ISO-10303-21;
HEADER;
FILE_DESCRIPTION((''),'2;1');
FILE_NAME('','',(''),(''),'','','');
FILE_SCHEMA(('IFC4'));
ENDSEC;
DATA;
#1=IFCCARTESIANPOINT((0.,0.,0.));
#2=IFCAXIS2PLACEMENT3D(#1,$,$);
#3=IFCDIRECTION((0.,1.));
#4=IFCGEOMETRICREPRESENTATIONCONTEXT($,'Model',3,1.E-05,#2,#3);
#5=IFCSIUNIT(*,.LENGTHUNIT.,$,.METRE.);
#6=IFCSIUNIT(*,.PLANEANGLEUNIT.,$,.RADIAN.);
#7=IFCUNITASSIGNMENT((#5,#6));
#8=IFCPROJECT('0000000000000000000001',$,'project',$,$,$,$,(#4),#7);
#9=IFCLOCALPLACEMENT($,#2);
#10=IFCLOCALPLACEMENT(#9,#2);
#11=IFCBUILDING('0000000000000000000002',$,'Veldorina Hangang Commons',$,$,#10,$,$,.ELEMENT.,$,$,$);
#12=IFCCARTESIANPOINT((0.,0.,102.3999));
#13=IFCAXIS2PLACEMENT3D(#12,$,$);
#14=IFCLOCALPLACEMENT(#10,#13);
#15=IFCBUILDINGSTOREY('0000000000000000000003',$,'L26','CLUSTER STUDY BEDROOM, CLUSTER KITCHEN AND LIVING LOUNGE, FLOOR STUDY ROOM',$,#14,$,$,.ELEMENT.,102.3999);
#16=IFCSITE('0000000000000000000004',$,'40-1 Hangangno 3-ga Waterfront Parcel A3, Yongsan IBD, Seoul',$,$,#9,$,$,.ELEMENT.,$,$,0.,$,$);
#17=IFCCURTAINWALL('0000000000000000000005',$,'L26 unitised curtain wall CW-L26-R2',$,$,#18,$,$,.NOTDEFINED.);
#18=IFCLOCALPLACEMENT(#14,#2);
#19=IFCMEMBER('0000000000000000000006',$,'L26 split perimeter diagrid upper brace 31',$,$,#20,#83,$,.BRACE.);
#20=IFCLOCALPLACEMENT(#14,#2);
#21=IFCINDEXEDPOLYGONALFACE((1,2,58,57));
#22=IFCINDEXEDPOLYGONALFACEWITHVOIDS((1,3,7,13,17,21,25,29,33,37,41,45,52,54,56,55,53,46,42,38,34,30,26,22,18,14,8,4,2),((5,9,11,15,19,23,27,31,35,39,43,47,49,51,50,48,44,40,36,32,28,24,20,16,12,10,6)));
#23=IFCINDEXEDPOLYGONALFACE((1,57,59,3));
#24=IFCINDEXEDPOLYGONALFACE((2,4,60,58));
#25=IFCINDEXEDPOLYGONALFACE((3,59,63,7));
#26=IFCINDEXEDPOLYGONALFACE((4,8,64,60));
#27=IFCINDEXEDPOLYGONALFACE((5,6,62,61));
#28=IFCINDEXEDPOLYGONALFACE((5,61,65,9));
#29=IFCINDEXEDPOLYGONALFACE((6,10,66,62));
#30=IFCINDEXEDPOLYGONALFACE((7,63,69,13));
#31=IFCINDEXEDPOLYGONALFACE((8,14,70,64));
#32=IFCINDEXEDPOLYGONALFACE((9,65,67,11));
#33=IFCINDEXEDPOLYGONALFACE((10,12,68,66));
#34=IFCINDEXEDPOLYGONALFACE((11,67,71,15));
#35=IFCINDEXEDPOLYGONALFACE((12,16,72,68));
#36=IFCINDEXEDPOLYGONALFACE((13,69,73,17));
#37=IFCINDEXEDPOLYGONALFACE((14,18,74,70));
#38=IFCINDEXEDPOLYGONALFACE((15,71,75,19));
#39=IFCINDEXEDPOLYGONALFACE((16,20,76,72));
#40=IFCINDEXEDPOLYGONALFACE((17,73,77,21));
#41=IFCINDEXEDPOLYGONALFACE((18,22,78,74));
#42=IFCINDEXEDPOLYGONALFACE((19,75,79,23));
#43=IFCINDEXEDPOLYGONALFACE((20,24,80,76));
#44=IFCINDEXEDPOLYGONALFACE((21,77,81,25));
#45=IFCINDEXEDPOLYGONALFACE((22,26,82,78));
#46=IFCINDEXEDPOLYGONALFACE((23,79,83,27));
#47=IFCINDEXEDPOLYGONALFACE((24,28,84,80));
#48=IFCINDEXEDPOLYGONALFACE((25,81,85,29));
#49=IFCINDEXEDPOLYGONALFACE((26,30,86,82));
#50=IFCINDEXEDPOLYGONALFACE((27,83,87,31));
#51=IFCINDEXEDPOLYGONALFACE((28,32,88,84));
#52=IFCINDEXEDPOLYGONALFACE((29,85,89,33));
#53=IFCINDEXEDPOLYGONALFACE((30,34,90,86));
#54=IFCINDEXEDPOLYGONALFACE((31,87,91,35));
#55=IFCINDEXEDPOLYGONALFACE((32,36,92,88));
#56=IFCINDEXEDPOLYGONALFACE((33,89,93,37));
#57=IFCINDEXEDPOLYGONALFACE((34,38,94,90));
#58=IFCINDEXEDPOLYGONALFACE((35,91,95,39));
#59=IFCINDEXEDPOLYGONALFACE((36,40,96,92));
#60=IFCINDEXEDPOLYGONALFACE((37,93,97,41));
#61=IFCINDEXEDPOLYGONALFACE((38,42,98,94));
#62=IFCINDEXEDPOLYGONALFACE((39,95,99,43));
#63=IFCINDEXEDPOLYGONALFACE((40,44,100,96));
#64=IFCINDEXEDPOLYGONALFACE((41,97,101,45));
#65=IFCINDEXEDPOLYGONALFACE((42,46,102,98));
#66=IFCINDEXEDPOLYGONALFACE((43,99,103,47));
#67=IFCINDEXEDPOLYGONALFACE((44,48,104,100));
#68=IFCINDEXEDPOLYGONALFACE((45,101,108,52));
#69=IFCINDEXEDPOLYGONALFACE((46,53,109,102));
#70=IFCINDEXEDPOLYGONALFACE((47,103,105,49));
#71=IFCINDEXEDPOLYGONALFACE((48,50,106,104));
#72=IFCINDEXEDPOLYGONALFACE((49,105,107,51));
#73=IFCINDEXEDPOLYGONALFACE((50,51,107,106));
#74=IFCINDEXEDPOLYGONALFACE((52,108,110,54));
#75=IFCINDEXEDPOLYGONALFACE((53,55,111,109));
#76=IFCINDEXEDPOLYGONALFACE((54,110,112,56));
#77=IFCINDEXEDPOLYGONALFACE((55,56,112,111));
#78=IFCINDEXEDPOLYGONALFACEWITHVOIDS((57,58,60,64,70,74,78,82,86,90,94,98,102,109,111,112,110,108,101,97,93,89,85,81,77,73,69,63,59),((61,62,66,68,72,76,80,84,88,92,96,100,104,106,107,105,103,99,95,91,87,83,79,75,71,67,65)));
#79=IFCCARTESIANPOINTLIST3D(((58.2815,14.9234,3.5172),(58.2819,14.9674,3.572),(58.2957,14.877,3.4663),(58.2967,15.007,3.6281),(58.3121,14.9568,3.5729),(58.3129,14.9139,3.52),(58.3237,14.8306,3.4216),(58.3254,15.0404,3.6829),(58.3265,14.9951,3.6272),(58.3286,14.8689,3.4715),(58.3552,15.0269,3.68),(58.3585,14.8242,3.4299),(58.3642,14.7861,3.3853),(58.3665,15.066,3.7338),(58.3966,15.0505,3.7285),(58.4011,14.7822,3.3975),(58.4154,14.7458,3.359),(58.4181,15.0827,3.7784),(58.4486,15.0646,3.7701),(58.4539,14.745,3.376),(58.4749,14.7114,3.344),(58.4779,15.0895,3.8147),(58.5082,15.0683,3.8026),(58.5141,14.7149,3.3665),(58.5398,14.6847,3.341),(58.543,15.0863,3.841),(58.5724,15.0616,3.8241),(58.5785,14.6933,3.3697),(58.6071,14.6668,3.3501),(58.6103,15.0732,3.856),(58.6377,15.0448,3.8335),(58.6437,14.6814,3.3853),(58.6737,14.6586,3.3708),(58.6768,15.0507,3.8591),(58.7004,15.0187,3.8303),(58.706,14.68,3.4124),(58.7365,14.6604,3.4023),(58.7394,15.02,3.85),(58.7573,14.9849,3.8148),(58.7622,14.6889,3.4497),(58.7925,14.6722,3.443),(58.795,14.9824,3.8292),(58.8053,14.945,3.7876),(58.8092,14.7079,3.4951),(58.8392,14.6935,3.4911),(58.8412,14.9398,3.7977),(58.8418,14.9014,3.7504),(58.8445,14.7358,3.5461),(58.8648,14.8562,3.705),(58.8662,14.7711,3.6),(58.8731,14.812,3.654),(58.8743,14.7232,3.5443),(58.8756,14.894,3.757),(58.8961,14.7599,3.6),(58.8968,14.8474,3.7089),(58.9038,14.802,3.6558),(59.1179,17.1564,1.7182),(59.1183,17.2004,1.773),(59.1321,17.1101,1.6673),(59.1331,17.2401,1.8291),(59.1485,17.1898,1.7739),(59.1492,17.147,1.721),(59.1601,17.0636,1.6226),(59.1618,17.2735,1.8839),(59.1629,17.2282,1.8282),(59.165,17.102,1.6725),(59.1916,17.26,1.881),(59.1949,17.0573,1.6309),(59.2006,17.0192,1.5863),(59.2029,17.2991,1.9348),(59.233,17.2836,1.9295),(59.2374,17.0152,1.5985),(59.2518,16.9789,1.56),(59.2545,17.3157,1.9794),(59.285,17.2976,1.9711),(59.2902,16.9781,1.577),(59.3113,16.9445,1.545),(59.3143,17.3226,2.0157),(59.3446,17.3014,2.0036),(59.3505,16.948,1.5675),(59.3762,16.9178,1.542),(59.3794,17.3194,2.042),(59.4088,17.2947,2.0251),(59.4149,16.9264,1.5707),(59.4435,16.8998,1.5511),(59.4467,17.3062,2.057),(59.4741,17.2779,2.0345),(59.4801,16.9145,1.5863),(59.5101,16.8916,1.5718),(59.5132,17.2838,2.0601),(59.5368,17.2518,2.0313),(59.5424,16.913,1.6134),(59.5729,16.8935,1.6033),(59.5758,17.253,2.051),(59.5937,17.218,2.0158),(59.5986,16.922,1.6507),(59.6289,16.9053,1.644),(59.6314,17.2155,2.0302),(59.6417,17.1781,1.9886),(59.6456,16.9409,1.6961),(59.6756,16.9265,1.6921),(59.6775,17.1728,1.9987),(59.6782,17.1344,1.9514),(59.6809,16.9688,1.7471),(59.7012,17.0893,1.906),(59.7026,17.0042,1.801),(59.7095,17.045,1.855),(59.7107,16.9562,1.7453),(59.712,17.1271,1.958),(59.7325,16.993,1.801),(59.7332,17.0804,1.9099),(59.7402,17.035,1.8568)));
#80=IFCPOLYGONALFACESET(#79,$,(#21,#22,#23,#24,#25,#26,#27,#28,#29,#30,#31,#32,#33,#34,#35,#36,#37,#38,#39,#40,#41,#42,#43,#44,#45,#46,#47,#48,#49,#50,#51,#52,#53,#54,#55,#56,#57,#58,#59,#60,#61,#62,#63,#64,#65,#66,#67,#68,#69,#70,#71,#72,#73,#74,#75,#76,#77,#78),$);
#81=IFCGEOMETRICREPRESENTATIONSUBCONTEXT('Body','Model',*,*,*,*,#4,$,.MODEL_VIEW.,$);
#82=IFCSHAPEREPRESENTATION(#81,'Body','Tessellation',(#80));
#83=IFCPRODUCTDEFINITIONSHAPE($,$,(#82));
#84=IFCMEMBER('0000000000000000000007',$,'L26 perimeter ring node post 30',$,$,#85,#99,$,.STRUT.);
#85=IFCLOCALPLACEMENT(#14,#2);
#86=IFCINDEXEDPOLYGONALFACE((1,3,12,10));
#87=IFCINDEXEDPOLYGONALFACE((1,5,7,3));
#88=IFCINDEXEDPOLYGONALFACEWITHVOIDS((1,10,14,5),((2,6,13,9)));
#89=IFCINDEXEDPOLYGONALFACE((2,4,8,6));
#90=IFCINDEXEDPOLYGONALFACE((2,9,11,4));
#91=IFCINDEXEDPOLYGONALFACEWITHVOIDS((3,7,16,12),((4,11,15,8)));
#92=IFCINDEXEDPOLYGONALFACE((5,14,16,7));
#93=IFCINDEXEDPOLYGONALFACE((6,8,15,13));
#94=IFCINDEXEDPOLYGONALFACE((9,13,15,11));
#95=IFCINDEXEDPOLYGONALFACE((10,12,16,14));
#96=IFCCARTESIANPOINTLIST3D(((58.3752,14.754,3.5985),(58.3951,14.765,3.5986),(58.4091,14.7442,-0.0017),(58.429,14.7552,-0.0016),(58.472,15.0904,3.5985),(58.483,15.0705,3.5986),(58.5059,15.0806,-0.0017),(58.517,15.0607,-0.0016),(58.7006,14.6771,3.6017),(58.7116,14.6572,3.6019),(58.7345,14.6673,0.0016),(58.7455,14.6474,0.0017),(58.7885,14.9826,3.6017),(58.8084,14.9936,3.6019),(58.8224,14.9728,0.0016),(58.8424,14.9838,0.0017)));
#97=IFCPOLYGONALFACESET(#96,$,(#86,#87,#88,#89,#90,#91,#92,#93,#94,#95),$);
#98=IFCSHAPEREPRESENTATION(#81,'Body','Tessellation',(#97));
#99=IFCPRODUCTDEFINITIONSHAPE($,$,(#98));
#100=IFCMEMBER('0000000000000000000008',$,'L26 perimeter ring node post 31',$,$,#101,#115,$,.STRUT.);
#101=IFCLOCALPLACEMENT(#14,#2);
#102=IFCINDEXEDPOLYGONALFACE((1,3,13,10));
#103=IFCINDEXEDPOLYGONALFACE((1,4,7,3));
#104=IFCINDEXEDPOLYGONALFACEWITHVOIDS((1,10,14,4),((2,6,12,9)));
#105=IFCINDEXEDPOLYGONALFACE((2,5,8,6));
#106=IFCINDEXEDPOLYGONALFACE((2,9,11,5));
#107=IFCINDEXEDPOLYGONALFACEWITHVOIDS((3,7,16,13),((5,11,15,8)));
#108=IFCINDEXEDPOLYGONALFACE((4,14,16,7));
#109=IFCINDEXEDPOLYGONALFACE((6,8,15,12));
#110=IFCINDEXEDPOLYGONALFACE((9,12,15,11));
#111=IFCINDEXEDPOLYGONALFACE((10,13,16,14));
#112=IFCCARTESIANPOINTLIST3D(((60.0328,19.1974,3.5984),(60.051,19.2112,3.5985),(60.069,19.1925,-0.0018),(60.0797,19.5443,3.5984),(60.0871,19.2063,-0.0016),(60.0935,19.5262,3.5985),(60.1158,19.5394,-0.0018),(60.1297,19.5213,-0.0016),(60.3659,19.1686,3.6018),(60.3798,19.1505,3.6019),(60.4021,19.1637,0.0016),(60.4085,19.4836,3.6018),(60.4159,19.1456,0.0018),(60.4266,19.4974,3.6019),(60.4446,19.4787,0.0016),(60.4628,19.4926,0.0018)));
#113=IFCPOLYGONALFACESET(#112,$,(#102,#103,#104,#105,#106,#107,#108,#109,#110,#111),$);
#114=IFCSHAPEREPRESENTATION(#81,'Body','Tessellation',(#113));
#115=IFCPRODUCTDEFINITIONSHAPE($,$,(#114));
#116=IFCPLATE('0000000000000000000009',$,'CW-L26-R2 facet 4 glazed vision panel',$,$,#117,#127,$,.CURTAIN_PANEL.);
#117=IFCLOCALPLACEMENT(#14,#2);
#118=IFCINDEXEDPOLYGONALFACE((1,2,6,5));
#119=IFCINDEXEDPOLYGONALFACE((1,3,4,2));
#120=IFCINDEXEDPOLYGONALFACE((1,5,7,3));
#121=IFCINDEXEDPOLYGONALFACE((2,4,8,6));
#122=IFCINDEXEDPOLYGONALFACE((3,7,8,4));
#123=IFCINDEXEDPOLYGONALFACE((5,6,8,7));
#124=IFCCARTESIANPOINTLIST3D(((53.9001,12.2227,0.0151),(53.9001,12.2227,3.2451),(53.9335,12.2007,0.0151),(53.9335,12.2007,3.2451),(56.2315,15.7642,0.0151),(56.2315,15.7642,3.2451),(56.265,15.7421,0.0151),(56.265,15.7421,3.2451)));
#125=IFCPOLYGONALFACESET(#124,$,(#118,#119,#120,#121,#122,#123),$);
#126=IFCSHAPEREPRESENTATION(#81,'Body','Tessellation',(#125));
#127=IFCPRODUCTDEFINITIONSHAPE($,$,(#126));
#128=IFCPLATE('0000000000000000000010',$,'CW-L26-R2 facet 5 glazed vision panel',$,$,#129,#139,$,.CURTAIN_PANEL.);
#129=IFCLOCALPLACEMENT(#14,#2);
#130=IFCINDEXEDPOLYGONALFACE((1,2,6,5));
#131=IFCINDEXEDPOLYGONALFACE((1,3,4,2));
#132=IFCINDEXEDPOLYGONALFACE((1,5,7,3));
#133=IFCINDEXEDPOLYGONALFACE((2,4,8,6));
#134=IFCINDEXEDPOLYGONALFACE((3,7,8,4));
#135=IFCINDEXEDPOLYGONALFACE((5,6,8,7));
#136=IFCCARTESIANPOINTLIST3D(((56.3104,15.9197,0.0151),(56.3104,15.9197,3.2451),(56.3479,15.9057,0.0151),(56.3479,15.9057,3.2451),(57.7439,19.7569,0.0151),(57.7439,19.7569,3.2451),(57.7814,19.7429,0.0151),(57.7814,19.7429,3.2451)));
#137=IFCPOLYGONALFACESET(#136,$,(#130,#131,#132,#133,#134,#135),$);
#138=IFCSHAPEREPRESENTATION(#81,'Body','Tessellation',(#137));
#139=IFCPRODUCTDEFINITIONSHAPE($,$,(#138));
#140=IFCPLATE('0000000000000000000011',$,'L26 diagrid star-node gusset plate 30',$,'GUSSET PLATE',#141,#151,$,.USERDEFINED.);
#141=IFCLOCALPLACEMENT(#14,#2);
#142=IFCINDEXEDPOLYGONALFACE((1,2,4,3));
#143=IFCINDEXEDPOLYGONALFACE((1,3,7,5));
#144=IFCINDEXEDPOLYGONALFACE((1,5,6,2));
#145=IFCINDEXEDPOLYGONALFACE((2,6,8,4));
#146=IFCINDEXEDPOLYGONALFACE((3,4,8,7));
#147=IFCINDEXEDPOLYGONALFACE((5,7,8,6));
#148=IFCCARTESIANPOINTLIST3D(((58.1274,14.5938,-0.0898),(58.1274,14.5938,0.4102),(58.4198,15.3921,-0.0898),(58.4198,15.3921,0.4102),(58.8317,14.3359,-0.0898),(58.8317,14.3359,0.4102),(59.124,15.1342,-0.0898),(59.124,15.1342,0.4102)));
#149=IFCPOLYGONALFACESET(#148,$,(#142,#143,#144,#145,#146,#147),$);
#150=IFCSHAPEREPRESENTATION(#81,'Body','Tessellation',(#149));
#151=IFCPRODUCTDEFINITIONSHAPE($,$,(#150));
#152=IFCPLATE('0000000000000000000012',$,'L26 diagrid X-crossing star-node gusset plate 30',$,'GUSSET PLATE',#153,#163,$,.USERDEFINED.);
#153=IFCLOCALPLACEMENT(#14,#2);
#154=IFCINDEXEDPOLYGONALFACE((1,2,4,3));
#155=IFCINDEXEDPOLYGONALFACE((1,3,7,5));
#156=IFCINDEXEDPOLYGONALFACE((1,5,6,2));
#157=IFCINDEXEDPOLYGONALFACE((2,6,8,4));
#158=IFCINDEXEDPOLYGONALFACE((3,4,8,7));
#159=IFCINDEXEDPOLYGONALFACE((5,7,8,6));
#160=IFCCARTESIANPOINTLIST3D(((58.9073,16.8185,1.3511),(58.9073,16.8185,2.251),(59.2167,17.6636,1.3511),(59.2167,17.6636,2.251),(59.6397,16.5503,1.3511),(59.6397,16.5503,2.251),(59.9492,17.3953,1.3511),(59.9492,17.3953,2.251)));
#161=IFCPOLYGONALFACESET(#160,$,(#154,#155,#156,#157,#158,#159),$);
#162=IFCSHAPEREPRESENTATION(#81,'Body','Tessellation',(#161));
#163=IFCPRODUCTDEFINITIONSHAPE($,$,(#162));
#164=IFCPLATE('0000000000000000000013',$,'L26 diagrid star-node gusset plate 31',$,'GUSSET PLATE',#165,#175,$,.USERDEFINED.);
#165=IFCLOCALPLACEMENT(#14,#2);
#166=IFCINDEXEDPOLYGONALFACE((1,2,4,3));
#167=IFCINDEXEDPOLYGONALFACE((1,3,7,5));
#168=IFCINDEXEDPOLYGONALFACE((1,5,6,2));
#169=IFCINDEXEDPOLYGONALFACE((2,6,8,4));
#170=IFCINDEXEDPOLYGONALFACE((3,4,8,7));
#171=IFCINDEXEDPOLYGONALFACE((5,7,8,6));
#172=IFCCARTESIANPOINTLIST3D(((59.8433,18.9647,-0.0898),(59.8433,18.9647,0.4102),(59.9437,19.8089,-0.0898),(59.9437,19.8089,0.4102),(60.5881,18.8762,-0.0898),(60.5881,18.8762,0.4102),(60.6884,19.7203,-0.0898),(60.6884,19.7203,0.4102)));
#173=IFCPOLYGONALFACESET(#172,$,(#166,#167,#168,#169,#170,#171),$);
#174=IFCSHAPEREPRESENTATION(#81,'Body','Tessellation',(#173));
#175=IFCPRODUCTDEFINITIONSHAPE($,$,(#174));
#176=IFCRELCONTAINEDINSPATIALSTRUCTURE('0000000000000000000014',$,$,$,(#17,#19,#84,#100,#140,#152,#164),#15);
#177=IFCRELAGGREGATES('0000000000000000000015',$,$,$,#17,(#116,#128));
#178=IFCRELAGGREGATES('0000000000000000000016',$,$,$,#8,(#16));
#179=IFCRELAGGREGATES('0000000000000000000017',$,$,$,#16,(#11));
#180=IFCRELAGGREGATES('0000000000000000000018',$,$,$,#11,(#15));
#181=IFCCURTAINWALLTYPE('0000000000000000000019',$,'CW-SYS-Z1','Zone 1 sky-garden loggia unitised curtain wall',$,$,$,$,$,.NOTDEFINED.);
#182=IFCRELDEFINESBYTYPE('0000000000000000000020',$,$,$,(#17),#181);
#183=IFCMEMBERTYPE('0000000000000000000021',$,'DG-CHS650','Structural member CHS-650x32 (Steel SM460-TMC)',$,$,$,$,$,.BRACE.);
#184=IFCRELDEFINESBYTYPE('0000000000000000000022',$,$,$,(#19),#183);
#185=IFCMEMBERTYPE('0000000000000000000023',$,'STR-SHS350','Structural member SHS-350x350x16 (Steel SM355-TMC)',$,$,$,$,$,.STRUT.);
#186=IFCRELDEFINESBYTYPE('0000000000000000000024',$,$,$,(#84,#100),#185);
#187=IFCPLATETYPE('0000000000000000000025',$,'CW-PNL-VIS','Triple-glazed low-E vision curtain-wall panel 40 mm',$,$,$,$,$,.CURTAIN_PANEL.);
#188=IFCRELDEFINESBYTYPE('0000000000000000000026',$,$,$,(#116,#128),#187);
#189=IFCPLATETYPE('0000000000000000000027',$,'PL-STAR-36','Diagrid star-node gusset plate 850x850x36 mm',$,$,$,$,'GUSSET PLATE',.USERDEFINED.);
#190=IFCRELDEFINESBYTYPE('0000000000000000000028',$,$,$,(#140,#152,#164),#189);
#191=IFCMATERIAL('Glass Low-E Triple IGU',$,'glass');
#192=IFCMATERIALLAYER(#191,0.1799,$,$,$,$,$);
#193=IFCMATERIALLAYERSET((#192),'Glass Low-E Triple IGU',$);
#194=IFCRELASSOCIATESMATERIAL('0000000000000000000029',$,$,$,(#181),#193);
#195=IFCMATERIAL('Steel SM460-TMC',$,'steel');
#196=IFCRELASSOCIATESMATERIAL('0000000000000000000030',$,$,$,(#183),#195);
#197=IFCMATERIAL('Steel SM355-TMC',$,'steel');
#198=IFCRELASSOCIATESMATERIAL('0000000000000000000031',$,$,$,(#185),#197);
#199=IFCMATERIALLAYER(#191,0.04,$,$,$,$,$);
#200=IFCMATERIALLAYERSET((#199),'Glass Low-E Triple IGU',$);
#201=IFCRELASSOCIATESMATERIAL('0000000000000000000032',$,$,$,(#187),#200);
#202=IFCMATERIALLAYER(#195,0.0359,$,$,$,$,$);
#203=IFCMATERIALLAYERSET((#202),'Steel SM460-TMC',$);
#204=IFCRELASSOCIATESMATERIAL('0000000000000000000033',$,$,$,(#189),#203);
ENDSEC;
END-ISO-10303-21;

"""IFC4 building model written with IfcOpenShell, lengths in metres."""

from ifc_helpers import new_model, si_unit, direction, frame, origin, origin_2d, place, context, subcontext, project, spatial, rectangle, hollow_rectangle, hollow_circle, extrude, material, layer, layer_set, material_profile, profile_set, type_object, element, aggregate, save


model = new_model("IFC4")

# Units and contexts
model_context = context("Model", 3, precision=1e-05, world=origin(), true_north=direction((0.0, 1.0)))
body_context = subcontext(model_context, "Body", "Model", "MODEL_VIEW")
ifc_project = project(units=[si_unit("LENGTHUNIT", "METRE"), si_unit("PLANEANGLEUNIT", "RADIAN")], contexts=[model_context])

# Site, building, storey
site_placement = place(None, origin())
site = spatial("IfcSite", under=ifc_project, at=site_placement, Name="40-1 Hangangno 3-ga Waterfront Parcel A3, Yongsan IBD, Seoul", CompositionType="ELEMENT", RefElevation=0.0)
building_placement = place(site_placement, origin())
building = spatial("IfcBuilding", under=site, at=building_placement, Name="Veldorina Hangang Commons", CompositionType="ELEMENT")
storey_placement = place(building_placement, frame((0.0, 0.0, 102.3999)))
storey = spatial("IfcBuildingStorey", under=building, at=storey_placement, Name="L26", Description="CLUSTER STUDY BEDROOM, CLUSTER KITCHEN AND LIVING LOUNGE, FLOOR STUDY ROOM", CompositionType="ELEMENT", Elevation=102.3999)

# Curtain wall
ifc_material_1 = material(Name="Glass Low-E Triple IGU", Category="glass")
ifc_layer_1 = layer(ifc_material_1, 0.1799)
ifc_layer_set_1 = layer_set([ifc_layer_1], Name="Glass Low-E Triple IGU")
curtain_wall_type = type_object("IfcCurtainWallType", Name="CW-SYS-Z1", Description="Zone 1 sky-garden loggia unitised curtain wall", PredefinedType="NOTDEFINED", material=ifc_layer_set_1)
curtain_wall_placement = place(storey_placement, origin())
curtain_wall = element("IfcCurtainWall", 1, at=curtain_wall_placement, inside=storey, type_object=curtain_wall_type, Name="L26 unitised curtain wall CW-L26-R2", PredefinedType="NOTDEFINED")

# Members
ifc_material_2 = material(Name="Steel SM460-TMC", Category="steel")
ifc_material_profile_1 = material_profile(ifc_material_2, hollow_circle(Radius=0.325, WallThickness=0.032, at=origin_2d()), Name="CHS-650x32")
ifc_profile_set_1 = profile_set([ifc_material_profile_1], Name="Steel SM460-TMC")
member_type_1 = type_object("IfcMemberType", Name="DG-CHS650", Description="Structural member CHS-650x32 (Steel SM460-TMC)", PredefinedType="BRACE", material=ifc_profile_set_1)
member_1_placement = place(storey_placement, frame((59.4282, 17.1069, 1.801), z_axis=(-0.280005, -0.747579, 0.602264), x_axis=(0.936468, -0.350753, 0.0)))
element("IfcMember", 2, at=member_1_placement, inside=storey, type_object=member_type_1, Name="L26 split perimeter diagrid upper brace 31", PredefinedType="BRACE", context=body_context, shape_type="SweptSolid", body=[
    extrude(hollow_circle(Radius=0.325, WallThickness=0.032, at=origin_2d()), origin(), (0.0, 0.0, 1.0), 2.9871),
])
ifc_material_3 = material(Name="Steel SM355-TMC", Category="steel")
ifc_material_profile_2 = material_profile(ifc_material_3, hollow_rectangle(XDim=0.3501, YDim=0.3501, WallThickness=0.0161, at=origin_2d()), Name="SHS-350x350x16")
ifc_profile_set_2 = profile_set([ifc_material_profile_2], Name="Steel SM355-TMC")
member_type_2 = type_object("IfcMemberType", Name="STR-SHS350", Description="Structural member SHS-350x350x16 (Steel SM355-TMC)", PredefinedType="STRUT", material=ifc_profile_set_2)
for number, where, z_axis, x_axis, name in (
    (3, (58.6257, 14.864, 0.0), (-0.009426, 0.002712, 0.999952), (-0.276547, -0.961, 0.0), "L26 perimeter ring node post 30"),
    (4, (60.2659, 19.3425, 0.0), (-0.010036, 0.001356, 0.999949), (-0.133918, -0.990992, 0.0), "L26 perimeter ring node post 31"),
):
    element("IfcMember", number, at=place(storey_placement, frame(where, z_axis=z_axis, x_axis=x_axis)), inside=storey, type_object=member_type_2, Name=name, PredefinedType="STRUT", context=body_context, shape_type="SweptSolid", body=[
        extrude(hollow_rectangle(XDim=0.3501, YDim=0.3501, WallThickness=0.0161, at=origin_2d()), origin(), (0.0, 0.0, 1.0), 3.6003),
    ])

# Plates
ifc_layer_2 = layer(ifc_material_1, 0.04)
ifc_layer_set_2 = layer_set([ifc_layer_2], Name="Glass Low-E Triple IGU")
plate_type_1 = type_object("IfcPlateType", Name="CW-PNL-VIS", Description="Triple-glazed low-E vision curtain-wall panel 40 mm", PredefinedType="CURTAIN_PANEL", material=ifc_layer_set_2)
plate_1_placement = place(storey_placement, frame((55.0825, 13.9824, 0.0151), z_axis=(0.0, 0.0, 1.0), x_axis=(0.549869, 0.835251, 0.0)))
plate_1 = element("IfcPlate", 5, at=plate_1_placement, type_object=plate_type_1, Name="CW-L26-R2 facet 4 glazed vision panel", PredefinedType="CURTAIN_PANEL", context=body_context, shape_type="SweptSolid", body=[
    extrude(rectangle(XDim=4.24, YDim=0.04, at=origin_2d()), origin(), (0.0, 0.0, 1.0), 3.23),
])
plate_2_placement = place(storey_placement, frame((57.0459, 17.8313, 0.0151), z_axis=(0.0, 0.0, 1.0), x_axis=(0.349978, 0.936758, 0.0)))
plate_2 = element("IfcPlate", 6, at=plate_2_placement, type_object=plate_type_1, Name="CW-L26-R2 facet 5 glazed vision panel", PredefinedType="CURTAIN_PANEL", context=body_context, shape_type="SweptSolid", body=[
    extrude(rectangle(XDim=4.0962, YDim=0.04, at=origin_2d()), origin(), (0.0, 0.0, 1.0), 3.23),
])
aggregate(curtain_wall, [plate_1, plate_2])

# Plates
ifc_layer_3 = layer(ifc_material_2, 0.0359)
ifc_layer_set_3 = layer_set([ifc_layer_3], Name="Steel SM460-TMC")
plate_type_2 = type_object("IfcPlateType", Name="PL-STAR-36", Description="Diagrid star-node gusset plate 850x850x36 mm", ElementType="GUSSET PLATE", PredefinedType="USERDEFINED", material=ifc_layer_set_3)
plate_3_placement = place(storey_placement, frame((58.6257, 14.864, -0.0898), z_axis=(0.0, 0.0, 1.0), x_axis=(0.343856, 0.939022, 0.0)))
element("IfcPlate", 7, at=plate_3_placement, inside=storey, type_object=plate_type_2, Name="L26 diagrid star-node gusset plate 30", ObjectType="GUSSET PLATE", PredefinedType="USERDEFINED", context=body_context, shape_type="SweptSolid", body=[
    extrude(rectangle(XDim=0.8501, YDim=0.75, at=origin_2d()), origin(), (0.0, 0.0, 1.0), 0.5),
])
plate_4_placement = place(storey_placement, frame((59.4282, 17.1069, 1.3511), z_axis=(0.0, 0.0, 1.0), x_axis=(0.343856, 0.939022, 0.0)))
element("IfcPlate", 8, at=plate_4_placement, inside=storey, type_object=plate_type_2, Name="L26 diagrid X-crossing star-node gusset plate 30", ObjectType="GUSSET PLATE", PredefinedType="USERDEFINED", context=body_context, shape_type="SweptSolid", body=[
    extrude(rectangle(XDim=0.8999, YDim=0.78, at=origin_2d()), origin(), (0.0, 0.0, 1.0), 0.8999),
])
plate_5_placement = place(storey_placement, frame((60.2659, 19.3425, -0.0898), z_axis=(0.0, 0.0, 1.0), x_axis=(0.118075, 0.993005, 0.0)))
element("IfcPlate", 9, at=plate_5_placement, inside=storey, type_object=plate_type_2, Name="L26 diagrid star-node gusset plate 31", ObjectType="GUSSET PLATE", PredefinedType="USERDEFINED", context=body_context, shape_type="SweptSolid", body=[
    extrude(rectangle(XDim=0.8501, YDim=0.75, at=origin_2d()), origin(), (0.0, 0.0, 1.0), 0.5),
])

save(model, "model.ifc")
